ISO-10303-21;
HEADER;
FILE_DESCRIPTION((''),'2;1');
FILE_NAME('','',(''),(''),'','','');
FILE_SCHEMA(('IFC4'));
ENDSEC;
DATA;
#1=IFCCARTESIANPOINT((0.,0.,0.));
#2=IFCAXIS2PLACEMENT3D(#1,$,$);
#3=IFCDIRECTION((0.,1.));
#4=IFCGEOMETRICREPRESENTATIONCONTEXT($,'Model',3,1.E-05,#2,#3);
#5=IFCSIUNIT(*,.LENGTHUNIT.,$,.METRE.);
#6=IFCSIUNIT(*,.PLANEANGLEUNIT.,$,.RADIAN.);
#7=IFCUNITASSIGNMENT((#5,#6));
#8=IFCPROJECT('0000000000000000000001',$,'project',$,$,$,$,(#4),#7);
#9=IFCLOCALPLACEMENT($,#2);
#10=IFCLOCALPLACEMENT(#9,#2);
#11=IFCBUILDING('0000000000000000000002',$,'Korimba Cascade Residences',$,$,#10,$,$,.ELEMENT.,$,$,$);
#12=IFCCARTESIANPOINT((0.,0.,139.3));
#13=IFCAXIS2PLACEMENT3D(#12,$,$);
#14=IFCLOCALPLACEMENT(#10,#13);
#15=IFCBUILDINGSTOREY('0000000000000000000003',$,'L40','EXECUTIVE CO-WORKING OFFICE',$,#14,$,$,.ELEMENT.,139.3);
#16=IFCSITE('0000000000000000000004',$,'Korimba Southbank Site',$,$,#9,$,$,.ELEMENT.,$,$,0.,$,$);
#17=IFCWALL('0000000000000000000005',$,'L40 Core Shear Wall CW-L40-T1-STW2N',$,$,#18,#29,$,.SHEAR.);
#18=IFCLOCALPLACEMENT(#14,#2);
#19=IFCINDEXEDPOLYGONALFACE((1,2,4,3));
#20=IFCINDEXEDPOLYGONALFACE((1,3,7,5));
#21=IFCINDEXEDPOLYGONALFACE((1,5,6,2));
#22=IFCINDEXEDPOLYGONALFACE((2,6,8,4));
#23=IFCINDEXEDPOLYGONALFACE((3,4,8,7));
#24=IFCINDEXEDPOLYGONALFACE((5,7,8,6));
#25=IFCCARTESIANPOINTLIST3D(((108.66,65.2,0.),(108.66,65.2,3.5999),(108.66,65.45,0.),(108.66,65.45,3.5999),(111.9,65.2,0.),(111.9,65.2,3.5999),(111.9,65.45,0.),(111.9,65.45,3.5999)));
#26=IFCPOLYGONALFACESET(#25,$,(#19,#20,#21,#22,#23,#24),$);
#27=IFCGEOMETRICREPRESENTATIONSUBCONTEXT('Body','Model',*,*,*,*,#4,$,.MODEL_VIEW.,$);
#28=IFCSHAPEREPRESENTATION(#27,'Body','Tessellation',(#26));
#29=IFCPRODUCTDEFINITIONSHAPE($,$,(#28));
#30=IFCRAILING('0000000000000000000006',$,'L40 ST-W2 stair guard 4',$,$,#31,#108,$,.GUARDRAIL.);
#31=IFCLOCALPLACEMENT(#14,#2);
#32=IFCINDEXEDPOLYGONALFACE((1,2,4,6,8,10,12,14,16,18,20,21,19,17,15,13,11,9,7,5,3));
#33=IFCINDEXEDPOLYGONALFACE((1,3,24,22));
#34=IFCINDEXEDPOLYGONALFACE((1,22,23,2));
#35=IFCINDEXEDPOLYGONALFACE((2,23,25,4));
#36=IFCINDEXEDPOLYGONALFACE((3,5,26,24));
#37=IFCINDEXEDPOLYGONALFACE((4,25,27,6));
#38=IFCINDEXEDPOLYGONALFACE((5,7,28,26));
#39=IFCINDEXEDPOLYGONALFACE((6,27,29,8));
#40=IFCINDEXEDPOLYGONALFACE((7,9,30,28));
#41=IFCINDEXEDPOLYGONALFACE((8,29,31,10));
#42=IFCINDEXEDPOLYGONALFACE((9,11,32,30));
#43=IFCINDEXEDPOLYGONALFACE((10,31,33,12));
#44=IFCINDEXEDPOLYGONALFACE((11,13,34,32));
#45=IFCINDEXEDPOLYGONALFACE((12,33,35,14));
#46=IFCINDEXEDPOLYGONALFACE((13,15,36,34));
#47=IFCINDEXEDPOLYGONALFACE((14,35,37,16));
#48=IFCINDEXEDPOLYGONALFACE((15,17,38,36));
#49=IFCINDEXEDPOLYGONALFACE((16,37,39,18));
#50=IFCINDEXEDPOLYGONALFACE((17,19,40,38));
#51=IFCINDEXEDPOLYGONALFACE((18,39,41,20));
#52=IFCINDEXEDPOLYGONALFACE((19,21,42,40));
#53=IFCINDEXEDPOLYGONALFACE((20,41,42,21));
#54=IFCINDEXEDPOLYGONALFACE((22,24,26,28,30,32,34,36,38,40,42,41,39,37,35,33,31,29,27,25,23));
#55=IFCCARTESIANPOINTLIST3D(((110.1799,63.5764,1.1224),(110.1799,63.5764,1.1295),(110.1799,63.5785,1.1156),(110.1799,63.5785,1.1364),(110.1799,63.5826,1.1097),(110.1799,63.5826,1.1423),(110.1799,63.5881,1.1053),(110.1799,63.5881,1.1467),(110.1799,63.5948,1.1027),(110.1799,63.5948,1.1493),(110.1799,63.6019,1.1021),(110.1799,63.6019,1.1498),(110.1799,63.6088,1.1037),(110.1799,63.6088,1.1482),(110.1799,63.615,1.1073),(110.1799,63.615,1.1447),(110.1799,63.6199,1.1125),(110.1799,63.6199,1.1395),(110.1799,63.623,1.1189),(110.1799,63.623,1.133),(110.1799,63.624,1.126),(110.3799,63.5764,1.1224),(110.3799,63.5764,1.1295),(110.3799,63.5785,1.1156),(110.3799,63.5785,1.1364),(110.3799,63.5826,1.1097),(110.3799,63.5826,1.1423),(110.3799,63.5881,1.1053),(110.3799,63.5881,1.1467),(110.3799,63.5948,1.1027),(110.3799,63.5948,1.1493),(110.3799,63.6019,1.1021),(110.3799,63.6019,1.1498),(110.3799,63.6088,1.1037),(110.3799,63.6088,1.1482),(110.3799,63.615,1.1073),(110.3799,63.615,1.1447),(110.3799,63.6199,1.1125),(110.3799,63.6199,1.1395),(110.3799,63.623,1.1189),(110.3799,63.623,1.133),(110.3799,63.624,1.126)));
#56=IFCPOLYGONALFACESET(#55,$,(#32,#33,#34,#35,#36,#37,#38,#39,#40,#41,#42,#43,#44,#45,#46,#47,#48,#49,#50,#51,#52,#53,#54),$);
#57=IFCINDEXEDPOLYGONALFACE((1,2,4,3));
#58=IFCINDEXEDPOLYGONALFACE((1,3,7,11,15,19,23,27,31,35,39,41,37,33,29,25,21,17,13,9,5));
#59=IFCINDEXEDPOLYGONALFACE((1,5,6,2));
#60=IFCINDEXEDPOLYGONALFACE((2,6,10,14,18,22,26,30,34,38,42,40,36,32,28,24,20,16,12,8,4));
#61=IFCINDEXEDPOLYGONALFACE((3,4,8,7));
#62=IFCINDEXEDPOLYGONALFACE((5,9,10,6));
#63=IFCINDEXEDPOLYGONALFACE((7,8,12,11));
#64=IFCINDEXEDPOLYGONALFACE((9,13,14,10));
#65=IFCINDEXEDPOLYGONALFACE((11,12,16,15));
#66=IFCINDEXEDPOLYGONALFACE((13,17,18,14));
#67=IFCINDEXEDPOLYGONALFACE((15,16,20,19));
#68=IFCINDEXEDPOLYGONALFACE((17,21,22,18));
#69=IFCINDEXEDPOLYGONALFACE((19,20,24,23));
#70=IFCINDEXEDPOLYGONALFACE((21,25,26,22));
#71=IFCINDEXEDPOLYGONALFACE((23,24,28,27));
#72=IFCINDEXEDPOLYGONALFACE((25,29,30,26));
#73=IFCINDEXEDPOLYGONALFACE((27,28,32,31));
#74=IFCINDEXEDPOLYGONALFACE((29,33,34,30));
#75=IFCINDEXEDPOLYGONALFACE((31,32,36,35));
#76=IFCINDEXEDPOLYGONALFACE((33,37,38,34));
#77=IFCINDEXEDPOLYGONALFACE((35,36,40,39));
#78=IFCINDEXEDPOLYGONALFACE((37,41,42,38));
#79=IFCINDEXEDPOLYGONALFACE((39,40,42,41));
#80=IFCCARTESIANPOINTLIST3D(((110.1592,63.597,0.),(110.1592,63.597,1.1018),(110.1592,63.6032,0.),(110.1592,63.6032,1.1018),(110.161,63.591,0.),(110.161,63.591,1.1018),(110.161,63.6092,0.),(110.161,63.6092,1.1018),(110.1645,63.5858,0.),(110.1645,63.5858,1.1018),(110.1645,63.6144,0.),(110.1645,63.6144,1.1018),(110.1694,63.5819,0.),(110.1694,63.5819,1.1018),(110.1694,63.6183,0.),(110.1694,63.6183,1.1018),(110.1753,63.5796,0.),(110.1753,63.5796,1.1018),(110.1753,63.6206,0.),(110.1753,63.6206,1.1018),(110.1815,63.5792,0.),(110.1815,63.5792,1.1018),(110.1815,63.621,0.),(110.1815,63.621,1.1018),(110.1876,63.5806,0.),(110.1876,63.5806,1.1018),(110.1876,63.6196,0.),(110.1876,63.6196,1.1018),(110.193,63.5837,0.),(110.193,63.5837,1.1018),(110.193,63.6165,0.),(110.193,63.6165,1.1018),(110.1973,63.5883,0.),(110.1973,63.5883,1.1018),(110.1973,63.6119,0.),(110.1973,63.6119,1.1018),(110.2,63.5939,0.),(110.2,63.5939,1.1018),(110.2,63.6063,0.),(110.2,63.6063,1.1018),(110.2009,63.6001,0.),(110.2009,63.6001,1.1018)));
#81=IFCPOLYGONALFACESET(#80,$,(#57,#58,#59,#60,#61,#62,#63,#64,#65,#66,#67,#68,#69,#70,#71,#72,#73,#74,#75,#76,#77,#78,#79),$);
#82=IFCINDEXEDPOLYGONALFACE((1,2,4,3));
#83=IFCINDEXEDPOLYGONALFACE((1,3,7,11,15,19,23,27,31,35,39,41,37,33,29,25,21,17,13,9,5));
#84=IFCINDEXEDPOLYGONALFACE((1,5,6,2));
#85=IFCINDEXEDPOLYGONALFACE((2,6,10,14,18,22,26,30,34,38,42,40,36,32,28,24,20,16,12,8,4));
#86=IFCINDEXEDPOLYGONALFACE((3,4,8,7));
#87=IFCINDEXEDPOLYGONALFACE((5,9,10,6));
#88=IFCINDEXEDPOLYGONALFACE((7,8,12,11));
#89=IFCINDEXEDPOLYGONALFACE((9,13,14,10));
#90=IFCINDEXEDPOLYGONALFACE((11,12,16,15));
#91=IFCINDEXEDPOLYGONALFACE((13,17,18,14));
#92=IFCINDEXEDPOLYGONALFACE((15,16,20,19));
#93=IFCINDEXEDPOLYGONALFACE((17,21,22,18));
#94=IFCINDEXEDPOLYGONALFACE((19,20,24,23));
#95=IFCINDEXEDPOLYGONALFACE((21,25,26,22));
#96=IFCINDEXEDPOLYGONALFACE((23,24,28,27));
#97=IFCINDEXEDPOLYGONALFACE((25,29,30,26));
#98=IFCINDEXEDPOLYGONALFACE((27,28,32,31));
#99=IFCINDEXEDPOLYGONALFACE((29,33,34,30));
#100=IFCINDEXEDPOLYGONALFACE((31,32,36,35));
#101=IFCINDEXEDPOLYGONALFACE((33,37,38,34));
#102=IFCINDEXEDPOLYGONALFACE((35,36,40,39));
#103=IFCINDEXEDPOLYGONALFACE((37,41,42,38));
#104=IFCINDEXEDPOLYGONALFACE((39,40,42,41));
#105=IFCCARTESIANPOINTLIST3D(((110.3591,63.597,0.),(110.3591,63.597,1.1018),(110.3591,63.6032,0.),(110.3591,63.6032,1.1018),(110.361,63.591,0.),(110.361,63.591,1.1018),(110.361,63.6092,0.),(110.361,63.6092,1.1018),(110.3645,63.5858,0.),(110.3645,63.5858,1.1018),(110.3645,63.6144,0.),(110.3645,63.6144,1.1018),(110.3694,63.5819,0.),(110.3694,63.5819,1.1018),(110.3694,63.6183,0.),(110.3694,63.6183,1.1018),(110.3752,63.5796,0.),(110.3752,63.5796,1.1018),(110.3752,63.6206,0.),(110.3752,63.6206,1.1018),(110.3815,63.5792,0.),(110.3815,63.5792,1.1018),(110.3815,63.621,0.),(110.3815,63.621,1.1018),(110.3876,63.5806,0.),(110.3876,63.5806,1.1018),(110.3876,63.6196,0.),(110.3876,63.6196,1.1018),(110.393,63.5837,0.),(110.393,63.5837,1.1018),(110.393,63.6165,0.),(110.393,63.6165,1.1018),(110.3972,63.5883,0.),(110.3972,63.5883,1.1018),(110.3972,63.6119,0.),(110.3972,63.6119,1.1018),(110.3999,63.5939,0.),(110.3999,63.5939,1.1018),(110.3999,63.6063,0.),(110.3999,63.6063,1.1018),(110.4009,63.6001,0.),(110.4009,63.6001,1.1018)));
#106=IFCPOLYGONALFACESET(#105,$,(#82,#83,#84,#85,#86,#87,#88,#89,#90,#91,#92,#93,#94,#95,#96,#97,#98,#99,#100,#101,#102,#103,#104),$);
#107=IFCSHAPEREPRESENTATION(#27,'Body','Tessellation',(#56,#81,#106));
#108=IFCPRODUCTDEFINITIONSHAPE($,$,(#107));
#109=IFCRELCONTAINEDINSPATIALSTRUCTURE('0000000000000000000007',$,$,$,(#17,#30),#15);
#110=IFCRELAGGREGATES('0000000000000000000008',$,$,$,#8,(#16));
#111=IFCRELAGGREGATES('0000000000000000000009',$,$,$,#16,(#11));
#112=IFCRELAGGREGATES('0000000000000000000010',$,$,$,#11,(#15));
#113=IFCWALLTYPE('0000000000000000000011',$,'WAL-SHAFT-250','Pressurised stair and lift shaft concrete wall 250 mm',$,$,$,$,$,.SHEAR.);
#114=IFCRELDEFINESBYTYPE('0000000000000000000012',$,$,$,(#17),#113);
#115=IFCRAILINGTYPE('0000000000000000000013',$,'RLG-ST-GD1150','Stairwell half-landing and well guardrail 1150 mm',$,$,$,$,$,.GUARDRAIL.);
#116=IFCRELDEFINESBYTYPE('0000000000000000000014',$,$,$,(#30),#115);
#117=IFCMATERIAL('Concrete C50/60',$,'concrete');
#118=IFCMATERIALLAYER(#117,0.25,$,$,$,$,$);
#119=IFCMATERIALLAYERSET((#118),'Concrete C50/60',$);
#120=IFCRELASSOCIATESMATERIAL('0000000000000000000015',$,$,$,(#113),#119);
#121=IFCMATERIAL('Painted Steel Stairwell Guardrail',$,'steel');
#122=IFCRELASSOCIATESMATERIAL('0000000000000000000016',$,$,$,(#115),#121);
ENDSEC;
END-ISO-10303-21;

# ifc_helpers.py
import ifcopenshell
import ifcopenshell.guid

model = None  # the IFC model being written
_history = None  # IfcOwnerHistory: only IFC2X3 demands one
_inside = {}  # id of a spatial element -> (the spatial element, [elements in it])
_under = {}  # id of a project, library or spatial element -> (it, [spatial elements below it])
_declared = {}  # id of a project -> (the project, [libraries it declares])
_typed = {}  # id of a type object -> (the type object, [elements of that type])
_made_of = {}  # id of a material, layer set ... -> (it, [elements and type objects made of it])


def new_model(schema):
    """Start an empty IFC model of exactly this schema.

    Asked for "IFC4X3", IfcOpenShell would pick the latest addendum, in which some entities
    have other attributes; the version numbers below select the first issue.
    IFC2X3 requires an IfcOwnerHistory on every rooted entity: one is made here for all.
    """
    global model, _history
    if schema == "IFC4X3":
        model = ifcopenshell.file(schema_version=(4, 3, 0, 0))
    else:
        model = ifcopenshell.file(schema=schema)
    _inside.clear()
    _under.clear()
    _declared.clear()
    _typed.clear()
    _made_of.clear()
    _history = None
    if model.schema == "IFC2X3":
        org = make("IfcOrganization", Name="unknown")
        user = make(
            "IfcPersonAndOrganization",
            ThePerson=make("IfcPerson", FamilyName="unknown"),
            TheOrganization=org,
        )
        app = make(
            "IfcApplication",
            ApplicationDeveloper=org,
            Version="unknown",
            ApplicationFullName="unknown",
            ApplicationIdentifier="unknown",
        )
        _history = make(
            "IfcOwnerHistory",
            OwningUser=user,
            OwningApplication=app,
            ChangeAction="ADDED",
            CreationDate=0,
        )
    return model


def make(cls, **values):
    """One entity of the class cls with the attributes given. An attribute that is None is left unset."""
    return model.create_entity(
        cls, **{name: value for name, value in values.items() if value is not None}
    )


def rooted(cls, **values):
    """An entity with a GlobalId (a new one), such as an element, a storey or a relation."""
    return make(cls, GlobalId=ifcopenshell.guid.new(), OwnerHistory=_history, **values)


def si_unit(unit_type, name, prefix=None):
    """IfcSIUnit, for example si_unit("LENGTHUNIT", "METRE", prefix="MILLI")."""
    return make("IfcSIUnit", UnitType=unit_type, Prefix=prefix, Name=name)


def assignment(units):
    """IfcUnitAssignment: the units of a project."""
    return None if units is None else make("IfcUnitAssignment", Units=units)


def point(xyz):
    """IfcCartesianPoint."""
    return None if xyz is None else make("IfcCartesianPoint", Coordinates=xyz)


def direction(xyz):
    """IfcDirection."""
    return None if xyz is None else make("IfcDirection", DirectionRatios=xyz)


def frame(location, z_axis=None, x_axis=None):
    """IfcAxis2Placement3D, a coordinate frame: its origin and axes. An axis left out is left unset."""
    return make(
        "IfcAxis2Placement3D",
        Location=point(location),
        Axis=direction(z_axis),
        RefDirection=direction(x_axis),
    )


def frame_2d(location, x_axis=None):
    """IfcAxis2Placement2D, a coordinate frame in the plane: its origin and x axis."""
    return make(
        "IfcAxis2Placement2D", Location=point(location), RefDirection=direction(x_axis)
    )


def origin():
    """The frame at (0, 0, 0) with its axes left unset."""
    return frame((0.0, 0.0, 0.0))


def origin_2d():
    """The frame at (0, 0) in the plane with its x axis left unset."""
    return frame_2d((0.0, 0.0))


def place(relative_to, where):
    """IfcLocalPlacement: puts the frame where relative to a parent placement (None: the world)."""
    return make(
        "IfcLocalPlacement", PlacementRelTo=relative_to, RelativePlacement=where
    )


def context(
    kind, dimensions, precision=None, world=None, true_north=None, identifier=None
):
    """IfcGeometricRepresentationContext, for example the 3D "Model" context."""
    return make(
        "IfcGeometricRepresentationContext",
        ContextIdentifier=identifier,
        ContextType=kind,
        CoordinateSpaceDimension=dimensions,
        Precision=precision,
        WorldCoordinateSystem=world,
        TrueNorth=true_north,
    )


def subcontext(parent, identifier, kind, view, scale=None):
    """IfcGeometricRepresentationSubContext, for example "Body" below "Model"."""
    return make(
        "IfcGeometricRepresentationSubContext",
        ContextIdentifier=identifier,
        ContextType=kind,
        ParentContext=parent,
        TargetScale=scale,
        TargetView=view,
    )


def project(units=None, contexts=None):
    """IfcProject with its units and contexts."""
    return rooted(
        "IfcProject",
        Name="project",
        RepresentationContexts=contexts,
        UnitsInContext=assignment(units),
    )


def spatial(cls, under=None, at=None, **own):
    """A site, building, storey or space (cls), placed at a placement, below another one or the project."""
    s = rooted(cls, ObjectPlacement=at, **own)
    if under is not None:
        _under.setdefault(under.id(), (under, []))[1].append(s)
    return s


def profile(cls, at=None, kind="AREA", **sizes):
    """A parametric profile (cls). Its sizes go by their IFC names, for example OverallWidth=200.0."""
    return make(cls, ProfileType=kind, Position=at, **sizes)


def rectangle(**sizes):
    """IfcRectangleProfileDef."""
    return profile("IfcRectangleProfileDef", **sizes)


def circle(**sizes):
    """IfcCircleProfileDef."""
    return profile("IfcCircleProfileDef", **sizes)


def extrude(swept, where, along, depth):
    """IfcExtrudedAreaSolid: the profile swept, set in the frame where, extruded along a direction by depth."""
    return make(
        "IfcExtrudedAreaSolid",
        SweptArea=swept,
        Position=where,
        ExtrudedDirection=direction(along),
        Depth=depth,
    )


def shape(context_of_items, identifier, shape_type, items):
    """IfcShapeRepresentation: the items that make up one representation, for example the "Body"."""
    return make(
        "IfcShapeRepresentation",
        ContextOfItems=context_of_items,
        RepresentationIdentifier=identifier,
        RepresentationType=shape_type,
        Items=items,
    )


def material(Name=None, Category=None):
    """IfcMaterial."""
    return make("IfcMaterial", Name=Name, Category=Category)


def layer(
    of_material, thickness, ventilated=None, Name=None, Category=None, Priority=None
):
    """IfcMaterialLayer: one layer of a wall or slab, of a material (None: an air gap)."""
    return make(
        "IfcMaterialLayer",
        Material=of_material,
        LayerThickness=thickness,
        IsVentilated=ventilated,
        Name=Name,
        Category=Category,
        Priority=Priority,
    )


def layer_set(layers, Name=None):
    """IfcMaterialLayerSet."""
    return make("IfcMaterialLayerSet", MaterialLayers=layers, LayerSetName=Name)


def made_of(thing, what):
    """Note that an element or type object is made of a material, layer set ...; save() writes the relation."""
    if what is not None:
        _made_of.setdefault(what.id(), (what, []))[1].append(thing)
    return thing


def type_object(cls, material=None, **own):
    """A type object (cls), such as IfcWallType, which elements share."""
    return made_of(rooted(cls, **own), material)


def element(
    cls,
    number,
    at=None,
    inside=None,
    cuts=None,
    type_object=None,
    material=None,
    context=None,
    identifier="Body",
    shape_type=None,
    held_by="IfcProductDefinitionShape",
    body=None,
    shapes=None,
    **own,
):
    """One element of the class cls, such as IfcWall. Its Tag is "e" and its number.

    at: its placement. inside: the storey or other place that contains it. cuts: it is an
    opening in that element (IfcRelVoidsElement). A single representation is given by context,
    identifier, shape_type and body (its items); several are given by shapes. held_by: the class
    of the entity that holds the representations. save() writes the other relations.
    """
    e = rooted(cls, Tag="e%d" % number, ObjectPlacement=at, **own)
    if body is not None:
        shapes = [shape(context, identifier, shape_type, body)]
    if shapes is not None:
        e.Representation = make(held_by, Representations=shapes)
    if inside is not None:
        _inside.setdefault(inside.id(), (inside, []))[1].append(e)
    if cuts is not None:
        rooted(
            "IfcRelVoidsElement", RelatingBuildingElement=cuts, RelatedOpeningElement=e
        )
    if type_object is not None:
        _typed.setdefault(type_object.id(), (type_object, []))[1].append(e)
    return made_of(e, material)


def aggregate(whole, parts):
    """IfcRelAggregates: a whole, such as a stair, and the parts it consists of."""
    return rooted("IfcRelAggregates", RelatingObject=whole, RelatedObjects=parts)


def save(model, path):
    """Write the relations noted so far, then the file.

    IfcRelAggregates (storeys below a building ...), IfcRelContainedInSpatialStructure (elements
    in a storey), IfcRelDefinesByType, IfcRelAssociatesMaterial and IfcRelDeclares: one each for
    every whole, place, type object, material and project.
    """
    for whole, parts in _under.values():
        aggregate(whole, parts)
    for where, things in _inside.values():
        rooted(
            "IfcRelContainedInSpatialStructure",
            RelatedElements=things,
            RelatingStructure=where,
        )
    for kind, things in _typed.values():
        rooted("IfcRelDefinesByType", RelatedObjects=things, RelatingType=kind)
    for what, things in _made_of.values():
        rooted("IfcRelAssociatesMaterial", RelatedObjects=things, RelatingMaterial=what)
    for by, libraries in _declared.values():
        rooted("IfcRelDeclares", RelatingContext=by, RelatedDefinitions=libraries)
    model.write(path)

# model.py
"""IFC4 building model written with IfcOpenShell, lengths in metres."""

from ifc_helpers import new_model, si_unit, direction, frame, frame_2d, origin, origin_2d, place, context, subcontext, project, spatial, rectangle, circle, extrude, material, layer, layer_set, type_object, element, save


model = new_model("IFC4")

# Units and contexts
model_context = context("Model", 3, precision=1e-05, world=origin(), true_north=direction((0.0, 1.0)))
body_context = subcontext(model_context, "Body", "Model", "MODEL_VIEW")
ifc_project = project(units=[si_unit("LENGTHUNIT", "METRE"), si_unit("PLANEANGLEUNIT", "RADIAN")], contexts=[model_context])

# Site, building, storey
site_placement = place(None, origin())
site = spatial("IfcSite", under=ifc_project, at=site_placement, Name="Korimba Southbank Site", CompositionType="ELEMENT", RefElevation=0.0)
building_placement = place(site_placement, origin())
building = spatial("IfcBuilding", under=site, at=building_placement, Name="Korimba Cascade Residences", CompositionType="ELEMENT")
storey_placement = place(building_placement, frame((0.0, 0.0, 139.3)))
storey = spatial("IfcBuildingStorey", under=building, at=storey_placement, Name="L40", Description="EXECUTIVE CO-WORKING OFFICE", CompositionType="ELEMENT", Elevation=139.3)

# Wall
ifc_material_1 = material(Name="Concrete C50/60", Category="concrete")
ifc_layer_1 = layer(ifc_material_1, 0.25)
ifc_layer_set_1 = layer_set([ifc_layer_1], Name="Concrete C50/60")
wall_type_1 = type_object("IfcWallType", Name="WAL-SHAFT-250", Description="Pressurised stair and lift shaft concrete wall 250 mm", PredefinedType="SHEAR", material=ifc_layer_set_1)
wall_1_placement = place(storey_placement, frame((108.6599, 65.325, 0.0), z_axis=(0.0, 0.0, 1.0), x_axis=(1.0, 0.0, 0.0)))
element("IfcWall", 1, at=wall_1_placement, inside=storey, type_object=wall_type_1, Name="L40 Core Shear Wall CW-L40-T1-STW2N", PredefinedType="SHEAR", context=body_context, shape_type="SweptSolid", body=[
    extrude(rectangle(XDim=3.24, YDim=0.25, at=frame_2d((1.6201, 0.0))), origin(), (0.0, 0.0, 1.0), 3.5999),
])

# Railing
ifc_material_2 = material(Name="Painted Steel Stairwell Guardrail", Category="steel")
railing_type = type_object("IfcRailingType", Name="RLG-ST-GD1150", Description="Stairwell half-landing and well guardrail 1150 mm", PredefinedType="GUARDRAIL", material=ifc_material_2)
railing_placement = place(storey_placement, frame((110.1799, 63.6001, 0.0)))
element("IfcRailing", 2, at=railing_placement, inside=storey, type_object=railing_type, Name="L40 ST-W2 stair guard 4", PredefinedType="GUARDRAIL", context=body_context, shape_type="SweptSolid", body=[
    extrude(circle(Radius=0.0239, at=origin_2d()), frame((0.0, 0.0, 1.126), z_axis=(1.0, 0.0, 0.0), x_axis=(0.0, 1.0, 0.0)), (0.0, 0.0, 1.0), 0.2),
    extrude(circle(Radius=0.021, at=origin_2d()), origin(), (0.0, 0.0, 1.0), 1.1018),
    extrude(circle(Radius=0.021, at=origin_2d()), frame((0.2, 0.0, 0.0)), (0.0, 0.0, 1.0), 1.1018),
])

save(model, "model.ifc")
